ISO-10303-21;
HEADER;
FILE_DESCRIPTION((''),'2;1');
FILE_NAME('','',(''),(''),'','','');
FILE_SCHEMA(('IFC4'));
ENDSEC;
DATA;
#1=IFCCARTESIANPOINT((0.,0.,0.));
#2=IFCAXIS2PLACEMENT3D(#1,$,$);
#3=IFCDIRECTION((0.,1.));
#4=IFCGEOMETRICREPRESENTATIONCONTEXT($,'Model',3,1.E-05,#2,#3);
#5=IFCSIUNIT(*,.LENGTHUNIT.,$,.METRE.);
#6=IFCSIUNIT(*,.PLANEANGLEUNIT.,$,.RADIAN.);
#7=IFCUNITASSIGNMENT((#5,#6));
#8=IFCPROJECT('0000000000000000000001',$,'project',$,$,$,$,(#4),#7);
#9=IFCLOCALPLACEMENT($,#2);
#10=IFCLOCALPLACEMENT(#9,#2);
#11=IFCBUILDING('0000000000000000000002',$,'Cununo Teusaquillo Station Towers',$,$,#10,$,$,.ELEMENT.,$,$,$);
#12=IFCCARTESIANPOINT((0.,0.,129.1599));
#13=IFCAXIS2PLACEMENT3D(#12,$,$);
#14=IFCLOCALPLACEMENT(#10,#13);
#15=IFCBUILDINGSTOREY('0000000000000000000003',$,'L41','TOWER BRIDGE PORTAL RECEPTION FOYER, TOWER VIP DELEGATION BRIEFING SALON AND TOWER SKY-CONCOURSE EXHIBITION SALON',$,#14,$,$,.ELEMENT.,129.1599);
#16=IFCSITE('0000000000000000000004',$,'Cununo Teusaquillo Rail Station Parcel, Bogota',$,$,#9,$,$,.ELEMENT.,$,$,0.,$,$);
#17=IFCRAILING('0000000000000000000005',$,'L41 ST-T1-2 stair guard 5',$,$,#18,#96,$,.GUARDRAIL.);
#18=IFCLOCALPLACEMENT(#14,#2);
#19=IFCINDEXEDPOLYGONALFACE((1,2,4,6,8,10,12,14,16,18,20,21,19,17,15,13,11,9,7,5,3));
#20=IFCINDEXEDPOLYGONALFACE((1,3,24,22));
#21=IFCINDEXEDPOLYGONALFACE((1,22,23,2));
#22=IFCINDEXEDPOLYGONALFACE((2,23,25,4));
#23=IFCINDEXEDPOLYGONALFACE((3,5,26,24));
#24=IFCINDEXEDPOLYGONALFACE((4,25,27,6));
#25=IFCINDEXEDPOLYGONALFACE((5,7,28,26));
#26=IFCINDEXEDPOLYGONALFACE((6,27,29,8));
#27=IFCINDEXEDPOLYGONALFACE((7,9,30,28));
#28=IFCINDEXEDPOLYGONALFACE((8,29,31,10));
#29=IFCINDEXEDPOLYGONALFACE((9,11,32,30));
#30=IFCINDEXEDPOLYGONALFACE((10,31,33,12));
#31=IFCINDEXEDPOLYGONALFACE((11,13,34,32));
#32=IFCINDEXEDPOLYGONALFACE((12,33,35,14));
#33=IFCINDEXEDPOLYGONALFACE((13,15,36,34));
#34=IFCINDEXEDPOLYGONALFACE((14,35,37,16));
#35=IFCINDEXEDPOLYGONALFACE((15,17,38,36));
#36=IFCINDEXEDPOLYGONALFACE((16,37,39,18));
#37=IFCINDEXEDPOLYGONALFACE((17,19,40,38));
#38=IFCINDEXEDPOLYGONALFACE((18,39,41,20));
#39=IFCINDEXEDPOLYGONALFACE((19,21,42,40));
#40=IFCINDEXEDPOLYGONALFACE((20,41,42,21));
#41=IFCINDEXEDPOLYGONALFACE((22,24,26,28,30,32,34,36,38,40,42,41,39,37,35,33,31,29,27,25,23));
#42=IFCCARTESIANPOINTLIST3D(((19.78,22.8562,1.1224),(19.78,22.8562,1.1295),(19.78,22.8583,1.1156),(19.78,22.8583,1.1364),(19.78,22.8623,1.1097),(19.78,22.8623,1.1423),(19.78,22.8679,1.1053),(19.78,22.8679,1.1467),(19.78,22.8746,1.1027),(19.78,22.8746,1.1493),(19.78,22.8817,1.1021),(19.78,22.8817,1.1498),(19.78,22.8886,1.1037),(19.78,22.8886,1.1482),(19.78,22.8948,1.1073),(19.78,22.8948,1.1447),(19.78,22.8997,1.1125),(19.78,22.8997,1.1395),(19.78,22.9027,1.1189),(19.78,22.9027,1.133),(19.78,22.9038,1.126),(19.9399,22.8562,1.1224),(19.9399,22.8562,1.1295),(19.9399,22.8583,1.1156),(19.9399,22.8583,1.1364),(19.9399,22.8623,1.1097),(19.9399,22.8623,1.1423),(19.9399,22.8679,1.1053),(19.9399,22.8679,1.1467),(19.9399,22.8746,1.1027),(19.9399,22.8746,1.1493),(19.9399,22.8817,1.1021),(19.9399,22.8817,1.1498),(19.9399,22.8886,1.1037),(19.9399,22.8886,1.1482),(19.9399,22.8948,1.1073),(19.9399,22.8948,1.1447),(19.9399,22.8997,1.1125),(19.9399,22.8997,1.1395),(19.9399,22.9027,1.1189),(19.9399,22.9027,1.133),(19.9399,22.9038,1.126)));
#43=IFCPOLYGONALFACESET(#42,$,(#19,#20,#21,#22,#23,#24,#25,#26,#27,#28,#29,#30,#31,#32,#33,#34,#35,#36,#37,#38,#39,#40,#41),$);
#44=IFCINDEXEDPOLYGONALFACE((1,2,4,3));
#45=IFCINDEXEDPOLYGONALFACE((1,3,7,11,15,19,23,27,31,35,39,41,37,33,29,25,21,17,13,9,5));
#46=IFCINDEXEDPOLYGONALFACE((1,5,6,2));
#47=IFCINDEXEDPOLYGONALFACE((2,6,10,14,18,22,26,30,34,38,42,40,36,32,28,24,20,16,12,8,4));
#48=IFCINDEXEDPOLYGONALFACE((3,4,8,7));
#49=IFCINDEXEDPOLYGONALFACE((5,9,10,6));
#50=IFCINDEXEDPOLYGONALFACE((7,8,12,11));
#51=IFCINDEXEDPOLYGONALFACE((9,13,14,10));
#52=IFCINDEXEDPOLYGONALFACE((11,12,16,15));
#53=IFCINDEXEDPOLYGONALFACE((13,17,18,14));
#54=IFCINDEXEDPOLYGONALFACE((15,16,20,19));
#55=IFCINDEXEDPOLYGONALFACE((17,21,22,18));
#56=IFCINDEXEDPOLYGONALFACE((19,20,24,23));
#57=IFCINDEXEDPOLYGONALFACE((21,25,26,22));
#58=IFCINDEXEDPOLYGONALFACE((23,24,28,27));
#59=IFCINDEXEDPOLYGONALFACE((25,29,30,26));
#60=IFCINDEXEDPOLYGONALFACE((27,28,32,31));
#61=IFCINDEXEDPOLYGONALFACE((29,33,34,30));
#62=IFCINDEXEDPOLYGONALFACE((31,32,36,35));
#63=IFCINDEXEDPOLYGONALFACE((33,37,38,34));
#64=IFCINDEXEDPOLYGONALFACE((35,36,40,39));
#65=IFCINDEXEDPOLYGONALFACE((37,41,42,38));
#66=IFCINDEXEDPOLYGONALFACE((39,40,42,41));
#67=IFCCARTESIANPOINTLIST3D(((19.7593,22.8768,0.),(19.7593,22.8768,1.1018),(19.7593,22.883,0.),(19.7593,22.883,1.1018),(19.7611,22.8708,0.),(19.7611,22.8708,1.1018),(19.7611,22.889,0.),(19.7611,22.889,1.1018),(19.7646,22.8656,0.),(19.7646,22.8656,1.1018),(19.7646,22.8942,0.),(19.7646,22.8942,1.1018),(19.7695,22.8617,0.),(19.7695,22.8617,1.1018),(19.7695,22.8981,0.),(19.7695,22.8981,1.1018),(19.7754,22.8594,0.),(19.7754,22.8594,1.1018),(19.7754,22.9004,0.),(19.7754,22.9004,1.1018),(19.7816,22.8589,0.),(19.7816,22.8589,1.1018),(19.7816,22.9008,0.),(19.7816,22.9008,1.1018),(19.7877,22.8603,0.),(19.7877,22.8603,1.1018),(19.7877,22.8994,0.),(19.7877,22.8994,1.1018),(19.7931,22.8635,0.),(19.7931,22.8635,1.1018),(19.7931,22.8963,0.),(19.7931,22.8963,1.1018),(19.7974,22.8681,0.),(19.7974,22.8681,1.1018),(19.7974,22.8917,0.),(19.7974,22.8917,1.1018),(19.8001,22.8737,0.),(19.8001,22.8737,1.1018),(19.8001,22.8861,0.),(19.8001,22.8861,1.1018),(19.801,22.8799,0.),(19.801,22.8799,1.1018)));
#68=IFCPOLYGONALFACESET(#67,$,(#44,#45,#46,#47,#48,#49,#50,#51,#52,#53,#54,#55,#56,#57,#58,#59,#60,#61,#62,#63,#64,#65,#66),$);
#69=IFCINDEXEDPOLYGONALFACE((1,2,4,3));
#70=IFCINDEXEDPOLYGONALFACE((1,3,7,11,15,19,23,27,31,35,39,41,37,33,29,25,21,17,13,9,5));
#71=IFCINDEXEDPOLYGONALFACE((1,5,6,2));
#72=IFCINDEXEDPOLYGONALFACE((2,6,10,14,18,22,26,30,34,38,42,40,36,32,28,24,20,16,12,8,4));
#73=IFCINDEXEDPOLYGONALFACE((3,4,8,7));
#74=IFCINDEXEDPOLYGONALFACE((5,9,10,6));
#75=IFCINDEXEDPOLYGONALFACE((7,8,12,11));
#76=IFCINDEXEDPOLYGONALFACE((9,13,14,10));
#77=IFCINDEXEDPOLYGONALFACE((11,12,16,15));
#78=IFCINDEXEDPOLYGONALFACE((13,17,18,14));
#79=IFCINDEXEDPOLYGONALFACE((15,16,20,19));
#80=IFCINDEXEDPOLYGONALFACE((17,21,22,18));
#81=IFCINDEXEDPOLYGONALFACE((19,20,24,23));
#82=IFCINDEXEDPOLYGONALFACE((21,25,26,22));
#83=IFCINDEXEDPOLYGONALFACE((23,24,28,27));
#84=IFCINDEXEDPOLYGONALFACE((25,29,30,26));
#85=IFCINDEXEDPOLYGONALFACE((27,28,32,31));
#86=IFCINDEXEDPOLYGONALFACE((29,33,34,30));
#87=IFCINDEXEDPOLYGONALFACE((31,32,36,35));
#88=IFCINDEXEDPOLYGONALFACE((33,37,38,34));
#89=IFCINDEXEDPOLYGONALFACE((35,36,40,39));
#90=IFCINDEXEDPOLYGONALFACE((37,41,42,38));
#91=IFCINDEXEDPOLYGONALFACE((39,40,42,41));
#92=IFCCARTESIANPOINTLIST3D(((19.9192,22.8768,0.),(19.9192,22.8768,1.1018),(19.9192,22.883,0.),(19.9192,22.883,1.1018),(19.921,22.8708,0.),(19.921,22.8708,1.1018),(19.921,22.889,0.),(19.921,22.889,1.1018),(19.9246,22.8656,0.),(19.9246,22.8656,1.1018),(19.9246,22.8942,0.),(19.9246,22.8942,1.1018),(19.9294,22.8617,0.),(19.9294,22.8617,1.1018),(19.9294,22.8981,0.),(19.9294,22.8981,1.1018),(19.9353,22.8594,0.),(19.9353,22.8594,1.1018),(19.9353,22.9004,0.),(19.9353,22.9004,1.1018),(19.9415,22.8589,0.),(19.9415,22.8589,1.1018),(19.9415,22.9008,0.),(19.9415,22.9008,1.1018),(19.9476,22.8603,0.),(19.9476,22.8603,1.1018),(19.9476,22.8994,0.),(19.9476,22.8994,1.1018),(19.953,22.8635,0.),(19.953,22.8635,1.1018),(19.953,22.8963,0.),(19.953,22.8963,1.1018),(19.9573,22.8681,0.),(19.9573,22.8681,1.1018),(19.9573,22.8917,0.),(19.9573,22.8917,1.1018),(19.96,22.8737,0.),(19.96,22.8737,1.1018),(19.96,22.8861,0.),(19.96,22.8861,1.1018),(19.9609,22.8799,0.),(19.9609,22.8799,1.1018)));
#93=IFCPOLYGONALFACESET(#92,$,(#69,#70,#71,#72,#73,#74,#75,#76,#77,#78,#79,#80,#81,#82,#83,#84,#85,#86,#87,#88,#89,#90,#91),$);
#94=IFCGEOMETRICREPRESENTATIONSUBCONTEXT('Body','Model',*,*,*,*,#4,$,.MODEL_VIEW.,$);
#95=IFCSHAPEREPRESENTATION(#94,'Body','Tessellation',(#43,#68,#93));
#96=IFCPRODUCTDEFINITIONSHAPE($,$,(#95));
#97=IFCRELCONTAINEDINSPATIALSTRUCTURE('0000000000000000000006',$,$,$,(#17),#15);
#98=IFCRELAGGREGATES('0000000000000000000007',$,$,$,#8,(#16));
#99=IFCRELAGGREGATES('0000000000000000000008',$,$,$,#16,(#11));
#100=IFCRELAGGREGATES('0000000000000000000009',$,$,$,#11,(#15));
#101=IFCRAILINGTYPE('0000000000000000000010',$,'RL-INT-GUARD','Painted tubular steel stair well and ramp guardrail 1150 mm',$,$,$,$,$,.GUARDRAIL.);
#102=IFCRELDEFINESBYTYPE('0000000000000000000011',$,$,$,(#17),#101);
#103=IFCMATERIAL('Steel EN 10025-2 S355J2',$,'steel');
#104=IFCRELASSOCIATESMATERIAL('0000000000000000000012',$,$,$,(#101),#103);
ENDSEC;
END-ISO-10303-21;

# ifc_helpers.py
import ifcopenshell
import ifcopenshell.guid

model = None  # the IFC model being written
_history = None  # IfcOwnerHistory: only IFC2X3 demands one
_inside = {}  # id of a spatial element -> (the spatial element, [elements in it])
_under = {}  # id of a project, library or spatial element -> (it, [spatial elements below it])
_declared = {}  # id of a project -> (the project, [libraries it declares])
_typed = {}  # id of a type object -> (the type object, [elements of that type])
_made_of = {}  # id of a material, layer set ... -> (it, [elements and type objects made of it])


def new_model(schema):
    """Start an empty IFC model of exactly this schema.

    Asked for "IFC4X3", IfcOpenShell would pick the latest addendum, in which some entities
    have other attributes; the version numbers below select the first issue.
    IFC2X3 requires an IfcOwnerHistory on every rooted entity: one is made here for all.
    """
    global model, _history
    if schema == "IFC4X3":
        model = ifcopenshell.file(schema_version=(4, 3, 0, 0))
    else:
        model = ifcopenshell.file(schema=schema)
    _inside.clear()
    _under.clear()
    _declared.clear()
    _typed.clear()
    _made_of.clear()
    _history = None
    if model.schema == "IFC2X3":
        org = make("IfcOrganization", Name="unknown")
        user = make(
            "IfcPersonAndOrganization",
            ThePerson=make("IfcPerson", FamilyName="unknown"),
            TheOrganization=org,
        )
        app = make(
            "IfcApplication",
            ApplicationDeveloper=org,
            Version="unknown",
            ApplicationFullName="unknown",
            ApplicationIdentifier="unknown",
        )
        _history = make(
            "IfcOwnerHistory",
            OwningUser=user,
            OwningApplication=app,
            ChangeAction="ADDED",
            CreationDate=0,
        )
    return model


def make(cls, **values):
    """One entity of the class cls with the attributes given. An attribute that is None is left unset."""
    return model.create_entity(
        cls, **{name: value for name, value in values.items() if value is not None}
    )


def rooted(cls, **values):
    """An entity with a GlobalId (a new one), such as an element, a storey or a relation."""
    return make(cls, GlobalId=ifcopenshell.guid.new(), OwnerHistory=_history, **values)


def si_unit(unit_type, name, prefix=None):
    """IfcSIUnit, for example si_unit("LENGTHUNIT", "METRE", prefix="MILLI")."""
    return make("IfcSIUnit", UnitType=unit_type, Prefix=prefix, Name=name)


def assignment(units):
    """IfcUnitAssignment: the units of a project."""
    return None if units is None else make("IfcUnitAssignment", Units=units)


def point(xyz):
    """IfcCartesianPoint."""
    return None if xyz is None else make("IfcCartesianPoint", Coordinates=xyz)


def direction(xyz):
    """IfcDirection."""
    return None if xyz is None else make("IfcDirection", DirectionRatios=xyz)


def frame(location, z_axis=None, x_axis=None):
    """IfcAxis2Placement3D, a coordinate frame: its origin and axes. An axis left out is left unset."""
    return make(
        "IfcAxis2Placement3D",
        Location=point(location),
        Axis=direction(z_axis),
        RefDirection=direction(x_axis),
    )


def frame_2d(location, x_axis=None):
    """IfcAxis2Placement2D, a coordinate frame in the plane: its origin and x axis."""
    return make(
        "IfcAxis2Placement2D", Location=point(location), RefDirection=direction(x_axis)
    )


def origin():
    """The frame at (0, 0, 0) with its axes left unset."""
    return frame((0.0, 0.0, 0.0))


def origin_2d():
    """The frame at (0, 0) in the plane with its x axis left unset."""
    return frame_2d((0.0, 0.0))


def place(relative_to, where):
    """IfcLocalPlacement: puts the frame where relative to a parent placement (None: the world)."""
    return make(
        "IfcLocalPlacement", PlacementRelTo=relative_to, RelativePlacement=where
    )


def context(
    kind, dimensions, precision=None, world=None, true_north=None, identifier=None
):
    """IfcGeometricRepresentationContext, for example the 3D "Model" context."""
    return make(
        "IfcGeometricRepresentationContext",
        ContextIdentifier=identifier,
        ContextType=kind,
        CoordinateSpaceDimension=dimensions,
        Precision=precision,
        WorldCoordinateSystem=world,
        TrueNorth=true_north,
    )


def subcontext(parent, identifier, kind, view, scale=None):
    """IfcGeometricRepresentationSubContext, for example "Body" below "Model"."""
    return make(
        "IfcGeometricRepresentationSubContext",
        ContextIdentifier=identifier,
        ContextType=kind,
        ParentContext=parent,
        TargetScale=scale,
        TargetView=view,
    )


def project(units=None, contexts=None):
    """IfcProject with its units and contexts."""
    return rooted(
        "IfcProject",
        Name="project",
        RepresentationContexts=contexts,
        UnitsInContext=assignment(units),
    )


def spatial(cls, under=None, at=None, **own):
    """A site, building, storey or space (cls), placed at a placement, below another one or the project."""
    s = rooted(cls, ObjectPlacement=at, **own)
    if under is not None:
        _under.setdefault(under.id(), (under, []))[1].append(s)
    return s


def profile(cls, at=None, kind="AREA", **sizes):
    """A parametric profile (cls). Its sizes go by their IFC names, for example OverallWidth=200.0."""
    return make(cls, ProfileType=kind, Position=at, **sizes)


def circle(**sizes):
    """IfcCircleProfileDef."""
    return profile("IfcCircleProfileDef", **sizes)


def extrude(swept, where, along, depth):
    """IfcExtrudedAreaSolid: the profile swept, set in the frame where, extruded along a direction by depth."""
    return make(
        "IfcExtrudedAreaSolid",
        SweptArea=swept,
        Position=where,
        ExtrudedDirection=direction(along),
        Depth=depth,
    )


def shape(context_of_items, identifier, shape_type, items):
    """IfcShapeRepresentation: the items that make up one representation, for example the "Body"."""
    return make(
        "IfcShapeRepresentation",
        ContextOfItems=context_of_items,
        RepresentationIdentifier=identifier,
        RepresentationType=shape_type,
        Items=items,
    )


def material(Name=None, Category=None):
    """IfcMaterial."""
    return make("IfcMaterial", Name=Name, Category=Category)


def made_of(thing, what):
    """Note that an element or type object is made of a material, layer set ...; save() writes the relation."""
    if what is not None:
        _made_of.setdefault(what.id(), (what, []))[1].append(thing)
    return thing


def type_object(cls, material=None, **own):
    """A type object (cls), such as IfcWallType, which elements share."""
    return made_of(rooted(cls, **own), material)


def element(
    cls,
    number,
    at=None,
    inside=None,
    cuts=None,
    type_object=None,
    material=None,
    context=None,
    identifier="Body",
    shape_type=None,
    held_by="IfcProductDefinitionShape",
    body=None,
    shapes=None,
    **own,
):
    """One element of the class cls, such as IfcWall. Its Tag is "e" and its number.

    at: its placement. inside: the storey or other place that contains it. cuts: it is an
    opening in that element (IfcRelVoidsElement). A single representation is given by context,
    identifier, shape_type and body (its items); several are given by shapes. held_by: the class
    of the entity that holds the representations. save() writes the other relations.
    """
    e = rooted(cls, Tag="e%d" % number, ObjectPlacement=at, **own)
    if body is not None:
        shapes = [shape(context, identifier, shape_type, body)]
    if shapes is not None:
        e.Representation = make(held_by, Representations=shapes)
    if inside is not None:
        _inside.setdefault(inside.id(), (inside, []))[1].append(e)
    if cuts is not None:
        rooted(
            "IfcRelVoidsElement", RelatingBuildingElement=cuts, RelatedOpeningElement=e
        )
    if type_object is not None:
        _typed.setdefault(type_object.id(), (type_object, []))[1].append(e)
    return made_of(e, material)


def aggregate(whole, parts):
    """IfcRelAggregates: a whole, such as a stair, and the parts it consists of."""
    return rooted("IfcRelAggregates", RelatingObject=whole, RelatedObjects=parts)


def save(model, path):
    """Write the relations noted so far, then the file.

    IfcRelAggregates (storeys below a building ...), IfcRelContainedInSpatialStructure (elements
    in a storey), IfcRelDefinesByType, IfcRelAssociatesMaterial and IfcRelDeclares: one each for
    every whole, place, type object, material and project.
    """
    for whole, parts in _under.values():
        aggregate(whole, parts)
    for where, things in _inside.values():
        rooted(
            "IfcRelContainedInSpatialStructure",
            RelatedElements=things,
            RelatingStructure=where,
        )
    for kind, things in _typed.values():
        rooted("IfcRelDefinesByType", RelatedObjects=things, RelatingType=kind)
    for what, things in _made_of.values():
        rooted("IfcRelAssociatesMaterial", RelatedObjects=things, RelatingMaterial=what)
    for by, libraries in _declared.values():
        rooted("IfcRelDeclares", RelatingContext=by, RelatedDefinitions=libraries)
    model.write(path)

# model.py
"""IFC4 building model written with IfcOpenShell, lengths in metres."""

from ifc_helpers import new_model, si_unit, direction, frame, origin, origin_2d, place, context, subcontext, project, spatial, circle, extrude, material, type_object, element, save


model = new_model("IFC4")

# Units and contexts
model_context = context("Model", 3, precision=1e-05, world=origin(), true_north=direction((0.0, 1.0)))
body_context = subcontext(model_context, "Body", "Model", "MODEL_VIEW")
ifc_project = project(units=[si_unit("LENGTHUNIT", "METRE"), si_unit("PLANEANGLEUNIT", "RADIAN")], contexts=[model_context])

# Site, building, storey
site_placement = place(None, origin())
site = spatial("IfcSite", under=ifc_project, at=site_placement, Name="Cununo Teusaquillo Rail Station Parcel, Bogota", CompositionType="ELEMENT", RefElevation=0.0)
building_placement = place(site_placement, origin())
building = spatial("IfcBuilding", under=site, at=building_placement, Name="Cununo Teusaquillo Station Towers", CompositionType="ELEMENT")
storey_placement = place(building_placement, frame((0.0, 0.0, 129.1599)))
storey = spatial("IfcBuildingStorey", under=building, at=storey_placement, Name="L41", Description="TOWER BRIDGE PORTAL RECEPTION FOYER, TOWER VIP DELEGATION BRIEFING SALON AND TOWER SKY-CONCOURSE EXHIBITION SALON", CompositionType="ELEMENT", Elevation=129.1599)

# Railing
ifc_material_1 = material(Name="Steel EN 10025-2 S355J2", Category="steel")
railing_type_1 = type_object("IfcRailingType", Name="RL-INT-GUARD", Description="Painted tubular steel stair well and ramp guardrail 1150 mm", PredefinedType="GUARDRAIL", material=ifc_material_1)
railing_1_placement = place(storey_placement, frame((19.78, 22.8799, 0.0)))
element("IfcRailing", 1, at=railing_1_placement, inside=storey, type_object=railing_type_1, Name="L41 ST-T1-2 stair guard 5", PredefinedType="GUARDRAIL", context=body_context, shape_type="SweptSolid", body=[
    extrude(circle(Radius=0.0239, at=origin_2d()), frame((0.0, 0.0, 1.126), z_axis=(1.0, 0.0, 0.0), x_axis=(0.0, 1.0, 0.0)), (0.0, 0.0, 1.0), 0.1599),
    extrude(circle(Radius=0.021, at=origin_2d()), origin(), (0.0, 0.0, 1.0), 1.1018),
    extrude(circle(Radius=0.021, at=origin_2d()), frame((0.1599, 0.0, 0.0)), (0.0, 0.0, 1.0), 1.1018),
])

save(model, "model.ifc")
